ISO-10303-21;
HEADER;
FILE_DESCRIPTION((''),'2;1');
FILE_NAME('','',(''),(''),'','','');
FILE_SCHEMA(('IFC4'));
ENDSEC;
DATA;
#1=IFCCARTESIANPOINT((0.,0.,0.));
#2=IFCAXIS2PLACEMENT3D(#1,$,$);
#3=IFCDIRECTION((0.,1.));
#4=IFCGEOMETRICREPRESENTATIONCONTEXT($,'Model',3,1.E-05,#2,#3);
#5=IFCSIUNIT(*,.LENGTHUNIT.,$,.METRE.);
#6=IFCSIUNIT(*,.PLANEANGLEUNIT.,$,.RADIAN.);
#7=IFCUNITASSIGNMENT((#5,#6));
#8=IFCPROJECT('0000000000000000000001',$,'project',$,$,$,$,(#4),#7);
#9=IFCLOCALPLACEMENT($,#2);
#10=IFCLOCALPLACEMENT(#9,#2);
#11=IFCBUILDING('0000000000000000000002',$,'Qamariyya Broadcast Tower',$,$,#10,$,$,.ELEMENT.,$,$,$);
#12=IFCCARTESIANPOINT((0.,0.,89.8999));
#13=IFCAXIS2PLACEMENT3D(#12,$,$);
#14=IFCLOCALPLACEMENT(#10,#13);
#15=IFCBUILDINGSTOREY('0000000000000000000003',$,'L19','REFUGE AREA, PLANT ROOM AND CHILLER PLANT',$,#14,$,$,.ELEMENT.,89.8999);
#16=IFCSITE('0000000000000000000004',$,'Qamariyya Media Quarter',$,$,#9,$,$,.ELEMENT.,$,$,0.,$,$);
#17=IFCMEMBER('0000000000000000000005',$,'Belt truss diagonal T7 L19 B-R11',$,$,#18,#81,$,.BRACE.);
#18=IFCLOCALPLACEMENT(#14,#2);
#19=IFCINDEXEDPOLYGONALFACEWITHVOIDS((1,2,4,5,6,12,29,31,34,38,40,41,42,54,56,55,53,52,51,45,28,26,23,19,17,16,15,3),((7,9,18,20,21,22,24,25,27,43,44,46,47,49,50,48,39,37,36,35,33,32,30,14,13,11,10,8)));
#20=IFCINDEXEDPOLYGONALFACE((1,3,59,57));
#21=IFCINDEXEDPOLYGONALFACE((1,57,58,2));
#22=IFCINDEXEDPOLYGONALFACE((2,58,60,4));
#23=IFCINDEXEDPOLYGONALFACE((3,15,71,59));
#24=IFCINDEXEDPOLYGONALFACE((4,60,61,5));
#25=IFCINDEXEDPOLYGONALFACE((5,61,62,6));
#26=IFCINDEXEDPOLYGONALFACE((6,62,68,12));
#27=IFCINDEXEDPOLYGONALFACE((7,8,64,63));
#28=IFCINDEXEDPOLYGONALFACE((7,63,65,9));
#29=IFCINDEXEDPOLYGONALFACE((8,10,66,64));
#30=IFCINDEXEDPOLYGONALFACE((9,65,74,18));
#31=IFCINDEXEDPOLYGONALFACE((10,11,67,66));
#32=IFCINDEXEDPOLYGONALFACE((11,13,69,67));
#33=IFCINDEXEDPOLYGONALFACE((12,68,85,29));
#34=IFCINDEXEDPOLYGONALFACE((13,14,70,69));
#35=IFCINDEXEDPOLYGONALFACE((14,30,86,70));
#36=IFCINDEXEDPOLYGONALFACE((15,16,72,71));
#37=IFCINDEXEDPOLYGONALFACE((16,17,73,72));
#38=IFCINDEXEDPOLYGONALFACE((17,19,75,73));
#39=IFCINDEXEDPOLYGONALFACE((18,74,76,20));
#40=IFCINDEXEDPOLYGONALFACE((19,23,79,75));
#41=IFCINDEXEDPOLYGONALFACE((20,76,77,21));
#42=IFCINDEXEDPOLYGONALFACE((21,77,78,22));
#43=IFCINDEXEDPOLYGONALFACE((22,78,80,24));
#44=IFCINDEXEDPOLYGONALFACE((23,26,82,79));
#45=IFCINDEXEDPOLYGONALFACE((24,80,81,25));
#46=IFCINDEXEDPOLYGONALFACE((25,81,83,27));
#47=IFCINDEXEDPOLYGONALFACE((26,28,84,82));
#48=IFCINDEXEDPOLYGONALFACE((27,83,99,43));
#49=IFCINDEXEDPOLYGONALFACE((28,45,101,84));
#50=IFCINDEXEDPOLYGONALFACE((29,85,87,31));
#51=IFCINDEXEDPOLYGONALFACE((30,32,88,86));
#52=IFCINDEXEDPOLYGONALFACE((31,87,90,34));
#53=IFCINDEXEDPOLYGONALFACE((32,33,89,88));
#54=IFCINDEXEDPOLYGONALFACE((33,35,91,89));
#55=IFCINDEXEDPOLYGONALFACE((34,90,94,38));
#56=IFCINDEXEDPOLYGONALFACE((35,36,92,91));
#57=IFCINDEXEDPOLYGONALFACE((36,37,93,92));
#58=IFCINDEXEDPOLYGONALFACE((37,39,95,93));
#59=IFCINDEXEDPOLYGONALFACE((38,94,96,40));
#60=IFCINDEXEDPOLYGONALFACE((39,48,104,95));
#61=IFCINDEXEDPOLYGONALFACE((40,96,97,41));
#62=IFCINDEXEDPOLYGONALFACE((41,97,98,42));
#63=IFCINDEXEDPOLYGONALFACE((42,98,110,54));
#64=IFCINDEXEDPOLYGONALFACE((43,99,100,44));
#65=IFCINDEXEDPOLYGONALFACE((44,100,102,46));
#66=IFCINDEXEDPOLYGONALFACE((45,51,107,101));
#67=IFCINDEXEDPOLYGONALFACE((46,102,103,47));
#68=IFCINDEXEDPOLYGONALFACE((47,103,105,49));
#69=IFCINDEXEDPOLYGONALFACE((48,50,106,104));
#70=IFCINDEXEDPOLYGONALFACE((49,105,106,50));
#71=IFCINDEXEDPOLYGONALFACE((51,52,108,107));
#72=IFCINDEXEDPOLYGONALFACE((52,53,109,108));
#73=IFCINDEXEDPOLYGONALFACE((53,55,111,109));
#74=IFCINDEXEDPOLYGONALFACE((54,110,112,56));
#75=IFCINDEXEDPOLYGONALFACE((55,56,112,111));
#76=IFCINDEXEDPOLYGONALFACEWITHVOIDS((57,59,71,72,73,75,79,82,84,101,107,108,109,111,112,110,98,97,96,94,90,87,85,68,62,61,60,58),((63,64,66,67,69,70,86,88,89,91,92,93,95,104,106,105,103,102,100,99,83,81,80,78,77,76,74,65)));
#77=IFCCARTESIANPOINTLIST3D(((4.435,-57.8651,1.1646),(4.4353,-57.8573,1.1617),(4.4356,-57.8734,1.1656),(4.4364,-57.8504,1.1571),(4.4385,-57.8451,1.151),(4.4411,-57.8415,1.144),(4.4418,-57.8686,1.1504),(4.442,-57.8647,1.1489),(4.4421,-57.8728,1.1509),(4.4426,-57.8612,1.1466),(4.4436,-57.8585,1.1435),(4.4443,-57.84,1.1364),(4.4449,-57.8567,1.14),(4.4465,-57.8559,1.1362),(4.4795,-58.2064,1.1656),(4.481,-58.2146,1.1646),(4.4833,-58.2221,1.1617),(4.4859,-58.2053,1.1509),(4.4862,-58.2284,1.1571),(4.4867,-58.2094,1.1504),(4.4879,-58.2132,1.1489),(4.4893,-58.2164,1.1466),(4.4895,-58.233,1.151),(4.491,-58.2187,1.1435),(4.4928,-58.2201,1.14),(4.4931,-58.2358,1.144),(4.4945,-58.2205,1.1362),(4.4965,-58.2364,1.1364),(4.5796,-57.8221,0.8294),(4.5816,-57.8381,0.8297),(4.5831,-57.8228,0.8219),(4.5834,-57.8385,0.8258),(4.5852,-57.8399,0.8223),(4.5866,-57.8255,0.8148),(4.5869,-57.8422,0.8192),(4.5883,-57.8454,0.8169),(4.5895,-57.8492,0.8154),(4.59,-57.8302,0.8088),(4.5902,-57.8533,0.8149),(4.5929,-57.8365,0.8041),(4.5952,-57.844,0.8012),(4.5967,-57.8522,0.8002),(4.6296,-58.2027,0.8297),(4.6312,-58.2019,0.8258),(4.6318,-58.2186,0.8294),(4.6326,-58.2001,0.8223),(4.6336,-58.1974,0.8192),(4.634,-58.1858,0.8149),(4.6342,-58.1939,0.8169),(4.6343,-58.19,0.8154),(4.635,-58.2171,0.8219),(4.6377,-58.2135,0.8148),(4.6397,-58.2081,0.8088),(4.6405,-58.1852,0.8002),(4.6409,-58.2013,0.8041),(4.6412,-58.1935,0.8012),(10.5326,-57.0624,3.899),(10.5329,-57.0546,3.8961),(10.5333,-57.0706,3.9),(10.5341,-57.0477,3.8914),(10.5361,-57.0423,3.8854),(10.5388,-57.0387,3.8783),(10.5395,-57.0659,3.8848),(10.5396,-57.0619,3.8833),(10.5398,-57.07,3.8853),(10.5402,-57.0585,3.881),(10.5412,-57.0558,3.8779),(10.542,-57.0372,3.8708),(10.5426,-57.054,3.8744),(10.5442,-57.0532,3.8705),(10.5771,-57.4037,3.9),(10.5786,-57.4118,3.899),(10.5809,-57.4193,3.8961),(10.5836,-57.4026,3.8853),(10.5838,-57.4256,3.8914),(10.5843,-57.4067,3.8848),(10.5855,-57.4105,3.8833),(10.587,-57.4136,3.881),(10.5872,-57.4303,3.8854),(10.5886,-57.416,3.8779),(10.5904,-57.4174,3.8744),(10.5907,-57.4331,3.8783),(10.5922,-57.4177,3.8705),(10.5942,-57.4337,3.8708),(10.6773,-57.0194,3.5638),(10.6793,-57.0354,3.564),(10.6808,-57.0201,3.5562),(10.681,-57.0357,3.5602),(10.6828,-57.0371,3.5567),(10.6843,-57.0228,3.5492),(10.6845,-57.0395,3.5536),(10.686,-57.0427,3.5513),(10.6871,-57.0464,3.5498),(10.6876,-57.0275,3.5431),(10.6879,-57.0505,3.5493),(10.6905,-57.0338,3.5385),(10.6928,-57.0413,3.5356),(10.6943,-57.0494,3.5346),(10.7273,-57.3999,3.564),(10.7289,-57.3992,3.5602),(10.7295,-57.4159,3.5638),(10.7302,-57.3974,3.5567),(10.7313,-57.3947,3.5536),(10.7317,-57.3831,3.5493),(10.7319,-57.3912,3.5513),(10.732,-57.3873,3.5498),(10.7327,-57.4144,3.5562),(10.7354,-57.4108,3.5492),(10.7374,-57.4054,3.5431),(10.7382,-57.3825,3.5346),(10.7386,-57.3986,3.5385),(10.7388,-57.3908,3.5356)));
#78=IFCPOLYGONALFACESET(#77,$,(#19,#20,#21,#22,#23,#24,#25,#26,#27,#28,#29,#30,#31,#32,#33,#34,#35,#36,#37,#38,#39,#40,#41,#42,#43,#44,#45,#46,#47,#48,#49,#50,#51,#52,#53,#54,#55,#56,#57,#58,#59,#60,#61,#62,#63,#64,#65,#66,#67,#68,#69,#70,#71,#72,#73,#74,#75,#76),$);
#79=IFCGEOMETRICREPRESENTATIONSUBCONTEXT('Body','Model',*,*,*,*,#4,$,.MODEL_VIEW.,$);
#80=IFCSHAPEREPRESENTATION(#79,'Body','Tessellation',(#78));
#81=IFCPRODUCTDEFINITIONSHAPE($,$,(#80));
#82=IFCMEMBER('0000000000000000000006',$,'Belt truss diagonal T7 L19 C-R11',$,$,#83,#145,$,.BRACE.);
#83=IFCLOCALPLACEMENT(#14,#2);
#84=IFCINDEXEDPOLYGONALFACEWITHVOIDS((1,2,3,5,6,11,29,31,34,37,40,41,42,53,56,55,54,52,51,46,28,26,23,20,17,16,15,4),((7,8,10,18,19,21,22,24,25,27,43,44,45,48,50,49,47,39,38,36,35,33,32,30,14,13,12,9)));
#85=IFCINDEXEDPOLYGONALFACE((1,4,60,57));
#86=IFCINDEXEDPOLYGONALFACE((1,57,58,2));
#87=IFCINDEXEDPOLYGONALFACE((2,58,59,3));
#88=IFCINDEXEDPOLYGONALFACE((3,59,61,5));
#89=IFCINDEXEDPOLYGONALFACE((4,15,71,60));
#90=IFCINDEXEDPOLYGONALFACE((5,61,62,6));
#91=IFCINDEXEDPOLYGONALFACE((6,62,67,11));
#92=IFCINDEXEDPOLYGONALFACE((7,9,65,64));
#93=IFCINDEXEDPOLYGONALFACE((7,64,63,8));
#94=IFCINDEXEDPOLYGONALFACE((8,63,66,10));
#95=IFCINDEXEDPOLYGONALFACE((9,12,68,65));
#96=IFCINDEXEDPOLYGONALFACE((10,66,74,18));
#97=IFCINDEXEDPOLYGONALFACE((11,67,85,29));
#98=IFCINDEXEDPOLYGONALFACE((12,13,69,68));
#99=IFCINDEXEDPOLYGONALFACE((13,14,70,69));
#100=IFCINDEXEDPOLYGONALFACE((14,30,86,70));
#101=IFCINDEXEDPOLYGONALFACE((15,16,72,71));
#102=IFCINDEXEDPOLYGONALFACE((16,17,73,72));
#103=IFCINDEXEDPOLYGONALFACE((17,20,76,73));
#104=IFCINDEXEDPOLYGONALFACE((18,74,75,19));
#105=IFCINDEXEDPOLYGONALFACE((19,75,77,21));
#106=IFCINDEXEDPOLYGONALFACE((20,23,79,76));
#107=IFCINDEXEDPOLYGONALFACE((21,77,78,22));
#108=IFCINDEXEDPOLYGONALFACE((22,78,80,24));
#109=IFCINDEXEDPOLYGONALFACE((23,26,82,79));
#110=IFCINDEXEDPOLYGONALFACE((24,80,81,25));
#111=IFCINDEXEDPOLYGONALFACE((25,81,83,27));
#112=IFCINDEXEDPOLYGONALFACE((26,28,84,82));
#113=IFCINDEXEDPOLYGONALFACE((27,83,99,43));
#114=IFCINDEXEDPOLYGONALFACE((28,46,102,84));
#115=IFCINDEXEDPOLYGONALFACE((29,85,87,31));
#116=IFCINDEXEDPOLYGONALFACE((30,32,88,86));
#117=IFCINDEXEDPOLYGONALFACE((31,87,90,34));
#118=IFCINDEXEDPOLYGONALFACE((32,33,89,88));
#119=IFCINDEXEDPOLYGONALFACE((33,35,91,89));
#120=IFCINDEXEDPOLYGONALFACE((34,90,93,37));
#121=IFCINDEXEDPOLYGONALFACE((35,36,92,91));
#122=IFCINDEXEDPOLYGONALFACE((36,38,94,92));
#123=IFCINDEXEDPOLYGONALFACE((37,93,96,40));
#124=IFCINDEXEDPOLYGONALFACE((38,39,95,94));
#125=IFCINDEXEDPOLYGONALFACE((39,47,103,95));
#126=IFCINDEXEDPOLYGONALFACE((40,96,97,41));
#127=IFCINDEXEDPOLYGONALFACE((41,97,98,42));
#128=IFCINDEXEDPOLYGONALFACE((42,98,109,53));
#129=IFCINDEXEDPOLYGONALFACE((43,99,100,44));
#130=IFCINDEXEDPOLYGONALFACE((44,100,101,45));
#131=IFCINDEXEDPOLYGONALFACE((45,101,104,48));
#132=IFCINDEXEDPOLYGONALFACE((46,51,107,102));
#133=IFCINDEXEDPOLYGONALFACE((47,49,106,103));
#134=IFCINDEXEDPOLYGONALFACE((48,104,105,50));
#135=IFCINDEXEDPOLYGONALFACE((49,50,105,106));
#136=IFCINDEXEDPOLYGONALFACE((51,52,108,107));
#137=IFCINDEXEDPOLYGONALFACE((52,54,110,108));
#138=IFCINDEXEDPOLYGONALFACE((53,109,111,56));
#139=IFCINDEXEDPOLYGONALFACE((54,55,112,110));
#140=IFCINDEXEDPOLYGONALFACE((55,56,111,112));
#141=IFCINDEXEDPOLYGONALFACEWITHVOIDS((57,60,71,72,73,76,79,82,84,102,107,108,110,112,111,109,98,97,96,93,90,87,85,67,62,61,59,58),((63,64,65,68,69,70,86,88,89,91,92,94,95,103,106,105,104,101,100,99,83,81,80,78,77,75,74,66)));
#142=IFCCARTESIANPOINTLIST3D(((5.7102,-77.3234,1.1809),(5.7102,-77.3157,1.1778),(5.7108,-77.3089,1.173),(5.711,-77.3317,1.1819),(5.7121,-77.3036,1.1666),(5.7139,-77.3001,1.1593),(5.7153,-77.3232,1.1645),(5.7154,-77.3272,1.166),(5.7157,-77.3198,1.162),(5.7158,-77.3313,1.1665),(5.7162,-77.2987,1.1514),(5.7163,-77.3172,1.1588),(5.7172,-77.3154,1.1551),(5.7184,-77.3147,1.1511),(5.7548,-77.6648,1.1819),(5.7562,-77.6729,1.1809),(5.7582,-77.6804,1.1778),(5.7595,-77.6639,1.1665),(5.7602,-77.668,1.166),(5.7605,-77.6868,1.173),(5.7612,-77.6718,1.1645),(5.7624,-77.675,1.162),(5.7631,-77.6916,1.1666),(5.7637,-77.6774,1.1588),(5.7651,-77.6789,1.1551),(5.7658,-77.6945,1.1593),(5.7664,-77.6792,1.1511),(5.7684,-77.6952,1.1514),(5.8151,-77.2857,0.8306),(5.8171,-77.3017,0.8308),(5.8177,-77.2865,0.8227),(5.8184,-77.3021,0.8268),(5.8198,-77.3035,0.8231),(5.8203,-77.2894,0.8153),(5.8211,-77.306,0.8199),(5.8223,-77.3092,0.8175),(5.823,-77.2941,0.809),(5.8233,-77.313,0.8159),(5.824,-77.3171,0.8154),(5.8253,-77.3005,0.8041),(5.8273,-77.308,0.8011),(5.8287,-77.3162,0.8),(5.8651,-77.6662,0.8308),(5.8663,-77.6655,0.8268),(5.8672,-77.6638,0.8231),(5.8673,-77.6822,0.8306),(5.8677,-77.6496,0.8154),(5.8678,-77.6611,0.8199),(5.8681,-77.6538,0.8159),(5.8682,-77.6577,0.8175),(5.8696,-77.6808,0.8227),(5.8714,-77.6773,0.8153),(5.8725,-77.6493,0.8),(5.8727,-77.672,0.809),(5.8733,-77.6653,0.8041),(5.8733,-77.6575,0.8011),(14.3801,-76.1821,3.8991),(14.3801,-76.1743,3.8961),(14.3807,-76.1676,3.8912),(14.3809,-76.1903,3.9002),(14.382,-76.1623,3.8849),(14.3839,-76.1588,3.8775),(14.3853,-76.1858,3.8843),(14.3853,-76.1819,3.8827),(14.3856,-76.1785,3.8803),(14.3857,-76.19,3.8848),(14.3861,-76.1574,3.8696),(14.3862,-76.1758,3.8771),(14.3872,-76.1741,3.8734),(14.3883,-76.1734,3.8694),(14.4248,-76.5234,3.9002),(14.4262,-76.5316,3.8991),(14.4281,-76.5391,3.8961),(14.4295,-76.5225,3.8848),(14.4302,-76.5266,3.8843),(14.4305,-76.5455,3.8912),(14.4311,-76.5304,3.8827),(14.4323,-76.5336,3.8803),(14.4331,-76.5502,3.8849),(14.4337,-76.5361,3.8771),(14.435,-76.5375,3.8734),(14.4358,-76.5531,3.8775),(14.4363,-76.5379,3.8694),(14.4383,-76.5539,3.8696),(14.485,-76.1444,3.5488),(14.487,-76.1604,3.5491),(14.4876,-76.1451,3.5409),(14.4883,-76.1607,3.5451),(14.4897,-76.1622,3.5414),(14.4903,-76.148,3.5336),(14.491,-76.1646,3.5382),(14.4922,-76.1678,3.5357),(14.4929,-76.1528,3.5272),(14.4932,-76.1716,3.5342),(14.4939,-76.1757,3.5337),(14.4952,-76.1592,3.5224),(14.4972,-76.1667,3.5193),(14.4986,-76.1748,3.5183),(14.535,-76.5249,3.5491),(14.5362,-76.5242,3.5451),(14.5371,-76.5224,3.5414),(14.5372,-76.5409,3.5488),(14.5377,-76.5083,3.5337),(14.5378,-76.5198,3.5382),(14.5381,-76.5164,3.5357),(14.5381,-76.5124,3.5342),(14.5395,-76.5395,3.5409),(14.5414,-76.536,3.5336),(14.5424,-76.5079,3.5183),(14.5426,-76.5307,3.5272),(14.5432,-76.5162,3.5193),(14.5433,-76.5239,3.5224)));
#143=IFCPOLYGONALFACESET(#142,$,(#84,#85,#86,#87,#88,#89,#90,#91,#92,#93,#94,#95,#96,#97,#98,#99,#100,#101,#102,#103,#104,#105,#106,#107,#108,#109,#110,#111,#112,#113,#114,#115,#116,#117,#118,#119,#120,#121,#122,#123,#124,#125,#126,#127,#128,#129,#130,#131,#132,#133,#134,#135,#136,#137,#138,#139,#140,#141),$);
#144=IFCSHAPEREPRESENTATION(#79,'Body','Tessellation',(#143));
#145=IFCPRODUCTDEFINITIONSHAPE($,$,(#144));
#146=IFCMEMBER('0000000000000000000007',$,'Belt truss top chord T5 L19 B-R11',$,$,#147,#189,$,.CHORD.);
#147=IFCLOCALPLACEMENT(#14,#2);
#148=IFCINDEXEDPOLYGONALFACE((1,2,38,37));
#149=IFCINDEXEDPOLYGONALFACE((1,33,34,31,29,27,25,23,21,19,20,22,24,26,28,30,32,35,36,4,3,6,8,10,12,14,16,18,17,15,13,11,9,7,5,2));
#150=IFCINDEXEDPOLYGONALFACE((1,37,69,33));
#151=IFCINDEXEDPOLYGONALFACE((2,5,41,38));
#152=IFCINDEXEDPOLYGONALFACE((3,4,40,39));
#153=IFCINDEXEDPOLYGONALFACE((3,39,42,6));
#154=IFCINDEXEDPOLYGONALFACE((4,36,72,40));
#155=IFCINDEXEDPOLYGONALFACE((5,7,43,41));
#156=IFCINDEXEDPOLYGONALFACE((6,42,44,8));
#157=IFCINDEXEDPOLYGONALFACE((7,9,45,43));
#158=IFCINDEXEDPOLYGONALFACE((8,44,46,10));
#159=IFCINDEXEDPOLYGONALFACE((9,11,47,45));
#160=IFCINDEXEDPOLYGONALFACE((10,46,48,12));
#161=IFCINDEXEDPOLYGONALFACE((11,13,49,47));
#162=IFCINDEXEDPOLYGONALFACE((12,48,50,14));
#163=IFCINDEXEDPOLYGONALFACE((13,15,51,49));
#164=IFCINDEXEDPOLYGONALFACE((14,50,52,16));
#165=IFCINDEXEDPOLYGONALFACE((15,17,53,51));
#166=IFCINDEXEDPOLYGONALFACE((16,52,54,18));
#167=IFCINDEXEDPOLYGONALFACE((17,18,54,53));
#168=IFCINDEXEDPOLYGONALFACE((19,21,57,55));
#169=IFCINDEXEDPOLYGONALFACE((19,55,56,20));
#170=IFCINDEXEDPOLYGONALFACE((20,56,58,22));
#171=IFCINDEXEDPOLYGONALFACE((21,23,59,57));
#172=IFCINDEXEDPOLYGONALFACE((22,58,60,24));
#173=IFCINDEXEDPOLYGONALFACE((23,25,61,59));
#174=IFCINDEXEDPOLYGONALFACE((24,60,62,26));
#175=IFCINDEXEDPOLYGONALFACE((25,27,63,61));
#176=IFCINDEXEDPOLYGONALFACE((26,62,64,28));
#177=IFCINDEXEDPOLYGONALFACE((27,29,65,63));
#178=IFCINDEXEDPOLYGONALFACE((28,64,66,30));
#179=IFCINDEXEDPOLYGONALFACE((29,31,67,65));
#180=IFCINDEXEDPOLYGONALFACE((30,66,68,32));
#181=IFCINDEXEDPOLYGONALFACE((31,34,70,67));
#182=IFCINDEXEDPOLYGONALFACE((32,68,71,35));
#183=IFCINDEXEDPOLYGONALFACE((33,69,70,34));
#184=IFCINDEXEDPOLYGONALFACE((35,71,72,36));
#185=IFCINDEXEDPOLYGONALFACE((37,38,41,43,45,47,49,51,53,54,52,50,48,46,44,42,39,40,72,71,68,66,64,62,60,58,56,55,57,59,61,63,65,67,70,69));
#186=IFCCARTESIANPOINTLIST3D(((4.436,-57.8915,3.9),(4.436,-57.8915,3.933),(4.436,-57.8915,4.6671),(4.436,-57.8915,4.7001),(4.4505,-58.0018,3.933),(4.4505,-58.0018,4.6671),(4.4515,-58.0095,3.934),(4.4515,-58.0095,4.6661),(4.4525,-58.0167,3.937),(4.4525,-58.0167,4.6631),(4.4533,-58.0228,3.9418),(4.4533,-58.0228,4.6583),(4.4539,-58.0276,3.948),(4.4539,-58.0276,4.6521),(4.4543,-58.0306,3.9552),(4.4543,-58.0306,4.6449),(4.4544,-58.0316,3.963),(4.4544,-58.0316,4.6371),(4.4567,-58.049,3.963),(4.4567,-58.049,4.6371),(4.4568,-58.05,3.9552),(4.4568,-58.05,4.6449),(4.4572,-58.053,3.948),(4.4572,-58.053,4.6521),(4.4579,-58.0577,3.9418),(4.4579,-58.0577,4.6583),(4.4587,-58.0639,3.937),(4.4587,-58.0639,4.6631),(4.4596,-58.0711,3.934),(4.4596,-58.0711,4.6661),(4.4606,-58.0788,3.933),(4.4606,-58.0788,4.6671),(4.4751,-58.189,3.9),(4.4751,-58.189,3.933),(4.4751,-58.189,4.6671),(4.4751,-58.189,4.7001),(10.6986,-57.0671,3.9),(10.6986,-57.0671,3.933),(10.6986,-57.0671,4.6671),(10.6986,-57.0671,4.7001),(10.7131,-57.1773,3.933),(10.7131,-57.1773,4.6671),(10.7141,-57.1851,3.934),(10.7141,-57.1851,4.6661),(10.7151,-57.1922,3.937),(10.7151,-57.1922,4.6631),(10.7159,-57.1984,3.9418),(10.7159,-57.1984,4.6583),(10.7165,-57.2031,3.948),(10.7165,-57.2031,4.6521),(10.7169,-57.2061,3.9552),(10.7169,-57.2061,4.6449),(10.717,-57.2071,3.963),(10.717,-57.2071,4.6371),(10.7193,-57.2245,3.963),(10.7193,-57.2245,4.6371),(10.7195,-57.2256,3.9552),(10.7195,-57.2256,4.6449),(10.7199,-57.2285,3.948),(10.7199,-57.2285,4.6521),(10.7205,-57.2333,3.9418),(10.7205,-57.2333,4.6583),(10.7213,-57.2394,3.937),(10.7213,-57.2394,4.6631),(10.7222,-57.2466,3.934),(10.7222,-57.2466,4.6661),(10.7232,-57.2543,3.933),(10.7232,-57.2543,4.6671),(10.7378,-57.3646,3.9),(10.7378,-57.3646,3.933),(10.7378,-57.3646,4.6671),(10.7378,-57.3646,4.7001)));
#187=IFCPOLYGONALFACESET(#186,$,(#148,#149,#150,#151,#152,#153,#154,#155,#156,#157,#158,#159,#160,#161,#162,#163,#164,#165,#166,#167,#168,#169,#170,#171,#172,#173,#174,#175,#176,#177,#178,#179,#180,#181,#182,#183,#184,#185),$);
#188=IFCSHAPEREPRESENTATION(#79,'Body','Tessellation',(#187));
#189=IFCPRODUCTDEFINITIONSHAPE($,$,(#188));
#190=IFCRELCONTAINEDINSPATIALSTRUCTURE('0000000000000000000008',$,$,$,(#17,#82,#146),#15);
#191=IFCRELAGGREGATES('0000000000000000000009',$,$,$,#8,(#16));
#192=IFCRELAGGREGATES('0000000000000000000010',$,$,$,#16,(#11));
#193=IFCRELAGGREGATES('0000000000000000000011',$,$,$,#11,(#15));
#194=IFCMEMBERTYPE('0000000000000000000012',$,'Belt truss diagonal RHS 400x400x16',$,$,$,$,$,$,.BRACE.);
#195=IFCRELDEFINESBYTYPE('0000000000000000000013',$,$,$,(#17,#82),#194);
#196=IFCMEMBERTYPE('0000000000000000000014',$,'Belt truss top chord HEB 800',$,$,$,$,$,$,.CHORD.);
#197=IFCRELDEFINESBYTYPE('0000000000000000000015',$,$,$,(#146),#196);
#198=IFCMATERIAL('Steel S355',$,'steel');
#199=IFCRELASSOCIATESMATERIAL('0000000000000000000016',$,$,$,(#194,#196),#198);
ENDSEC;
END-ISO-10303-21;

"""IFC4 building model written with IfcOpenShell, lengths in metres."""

from ifc_helpers import new_model, si_unit, direction, frame, origin, origin_2d, place, context, subcontext, project, spatial, hollow_rectangle, i_section, extrude, material, material_profile, profile_set, type_object, element, save


model = new_model("IFC4")

# Units and contexts
model_context = context("Model", 3, precision=1e-05, world=origin(), true_north=direction((0.0, 1.0)))
body_context = subcontext(model_context, "Body", "Model", "MODEL_VIEW")
ifc_project = project(units=[si_unit("LENGTHUNIT", "METRE"), si_unit("PLANEANGLEUNIT", "RADIAN")], contexts=[model_context])

# Site, building, storey
site_placement = place(None, origin())
site = spatial("IfcSite", under=ifc_project, at=site_placement, Name="Qamariyya Media Quarter", CompositionType="ELEMENT", RefElevation=0.0)
building_placement = place(site_placement, origin())
building = spatial("IfcBuilding", under=site, at=building_placement, Name="Qamariyya Broadcast Tower", CompositionType="ELEMENT")
storey_placement = place(building_placement, frame((0.0, 0.0, 89.8999)))
storey = spatial("IfcBuildingStorey", under=building, at=storey_placement, Name="L19", Description="REFUGE AREA, PLANT ROOM AND CHILLER PLANT", CompositionType="ELEMENT", Elevation=89.8999)

# Members
ifc_material_1 = material(Name="Steel S355", Category="steel")
ifc_material_profile_1 = material_profile(ifc_material_1, hollow_rectangle(XDim=0.3999, YDim=0.3999, WallThickness=0.0161, InnerFilletRadius=0.0161, OuterFilletRadius=0.032, at=origin_2d()))
ifc_profile_set_1 = profile_set([ifc_material_profile_1], Name="Steel S355")
member_type_1 = type_object("IfcMemberType", Name="Belt truss diagonal RHS 400x400x16", PredefinedType="BRACE", material=ifc_profile_set_1)
member_1_placement = place(storey_placement, frame((4.5381, -58.0293, 0.9829), z_axis=(0.905944, 0.119264, 0.406253), x_axis=(-0.13052, 0.991446, 0.0)))
element("IfcMember", 1, at=member_1_placement, inside=storey, type_object=member_type_1, Name="Belt truss diagonal T7 L19 B-R11", PredefinedType="BRACE", context=body_context, shape_type="SweptSolid", body=[
    extrude(hollow_rectangle(XDim=0.3999, YDim=0.3999, WallThickness=0.0161, InnerFilletRadius=0.0161, OuterFilletRadius=0.032, at=origin_2d()), origin(), (0.0, 0.0, 1.0), 6.7307),
])
member_2_placement = place(storey_placement, frame((5.7917, -77.4905, 0.991), z_axis=(0.94676, 0.124637, 0.296836), x_axis=(-0.13052, 0.991446, 0.0)))
element("IfcMember", 2, at=member_2_placement, inside=storey, type_object=member_type_1, Name="Belt truss diagonal T7 L19 C-R11", PredefinedType="BRACE", context=body_context, shape_type="SweptSolid", body=[
    extrude(hollow_rectangle(XDim=0.3999, YDim=0.3999, WallThickness=0.0161, InnerFilletRadius=0.0161, OuterFilletRadius=0.032, at=origin_2d()), origin(), (0.0, 0.0, 1.0), 9.1575),
])
ifc_material_profile_2 = material_profile(ifc_material_1, i_section(OverallWidth=0.3, OverallDepth=0.8, WebThickness=0.0176, FlangeThickness=0.033, FilletRadius=0.03, at=origin_2d()))
ifc_profile_set_2 = profile_set([ifc_material_profile_2], Name="Steel S355")
member_type_2 = type_object("IfcMemberType", Name="Belt truss top chord HEB 800", PredefinedType="CHORD", material=ifc_profile_set_2)
for number, where, z_axis, x_axis, name in (
    (3, (4.4556, -58.0403, 4.3), (0.991446, 0.13052, 0.0), (-0.13052, 0.991446, 0.0), "Belt truss top chord T5 L19 B-R11"),
):
    element("IfcMember", number, at=place(storey_placement, frame(where, z_axis=z_axis, x_axis=x_axis)), inside=storey, type_object=member_type_2, Name=name, PredefinedType="CHORD", context=body_context, shape_type="SweptSolid", body=[
        extrude(i_section(OverallWidth=0.3, OverallDepth=0.8, WebThickness=0.0176, FlangeThickness=0.033, FilletRadius=0.03, at=origin_2d()), origin(), (0.0, 0.0, 1.0), 6.3167),
    ])

save(model, "model.ifc")
